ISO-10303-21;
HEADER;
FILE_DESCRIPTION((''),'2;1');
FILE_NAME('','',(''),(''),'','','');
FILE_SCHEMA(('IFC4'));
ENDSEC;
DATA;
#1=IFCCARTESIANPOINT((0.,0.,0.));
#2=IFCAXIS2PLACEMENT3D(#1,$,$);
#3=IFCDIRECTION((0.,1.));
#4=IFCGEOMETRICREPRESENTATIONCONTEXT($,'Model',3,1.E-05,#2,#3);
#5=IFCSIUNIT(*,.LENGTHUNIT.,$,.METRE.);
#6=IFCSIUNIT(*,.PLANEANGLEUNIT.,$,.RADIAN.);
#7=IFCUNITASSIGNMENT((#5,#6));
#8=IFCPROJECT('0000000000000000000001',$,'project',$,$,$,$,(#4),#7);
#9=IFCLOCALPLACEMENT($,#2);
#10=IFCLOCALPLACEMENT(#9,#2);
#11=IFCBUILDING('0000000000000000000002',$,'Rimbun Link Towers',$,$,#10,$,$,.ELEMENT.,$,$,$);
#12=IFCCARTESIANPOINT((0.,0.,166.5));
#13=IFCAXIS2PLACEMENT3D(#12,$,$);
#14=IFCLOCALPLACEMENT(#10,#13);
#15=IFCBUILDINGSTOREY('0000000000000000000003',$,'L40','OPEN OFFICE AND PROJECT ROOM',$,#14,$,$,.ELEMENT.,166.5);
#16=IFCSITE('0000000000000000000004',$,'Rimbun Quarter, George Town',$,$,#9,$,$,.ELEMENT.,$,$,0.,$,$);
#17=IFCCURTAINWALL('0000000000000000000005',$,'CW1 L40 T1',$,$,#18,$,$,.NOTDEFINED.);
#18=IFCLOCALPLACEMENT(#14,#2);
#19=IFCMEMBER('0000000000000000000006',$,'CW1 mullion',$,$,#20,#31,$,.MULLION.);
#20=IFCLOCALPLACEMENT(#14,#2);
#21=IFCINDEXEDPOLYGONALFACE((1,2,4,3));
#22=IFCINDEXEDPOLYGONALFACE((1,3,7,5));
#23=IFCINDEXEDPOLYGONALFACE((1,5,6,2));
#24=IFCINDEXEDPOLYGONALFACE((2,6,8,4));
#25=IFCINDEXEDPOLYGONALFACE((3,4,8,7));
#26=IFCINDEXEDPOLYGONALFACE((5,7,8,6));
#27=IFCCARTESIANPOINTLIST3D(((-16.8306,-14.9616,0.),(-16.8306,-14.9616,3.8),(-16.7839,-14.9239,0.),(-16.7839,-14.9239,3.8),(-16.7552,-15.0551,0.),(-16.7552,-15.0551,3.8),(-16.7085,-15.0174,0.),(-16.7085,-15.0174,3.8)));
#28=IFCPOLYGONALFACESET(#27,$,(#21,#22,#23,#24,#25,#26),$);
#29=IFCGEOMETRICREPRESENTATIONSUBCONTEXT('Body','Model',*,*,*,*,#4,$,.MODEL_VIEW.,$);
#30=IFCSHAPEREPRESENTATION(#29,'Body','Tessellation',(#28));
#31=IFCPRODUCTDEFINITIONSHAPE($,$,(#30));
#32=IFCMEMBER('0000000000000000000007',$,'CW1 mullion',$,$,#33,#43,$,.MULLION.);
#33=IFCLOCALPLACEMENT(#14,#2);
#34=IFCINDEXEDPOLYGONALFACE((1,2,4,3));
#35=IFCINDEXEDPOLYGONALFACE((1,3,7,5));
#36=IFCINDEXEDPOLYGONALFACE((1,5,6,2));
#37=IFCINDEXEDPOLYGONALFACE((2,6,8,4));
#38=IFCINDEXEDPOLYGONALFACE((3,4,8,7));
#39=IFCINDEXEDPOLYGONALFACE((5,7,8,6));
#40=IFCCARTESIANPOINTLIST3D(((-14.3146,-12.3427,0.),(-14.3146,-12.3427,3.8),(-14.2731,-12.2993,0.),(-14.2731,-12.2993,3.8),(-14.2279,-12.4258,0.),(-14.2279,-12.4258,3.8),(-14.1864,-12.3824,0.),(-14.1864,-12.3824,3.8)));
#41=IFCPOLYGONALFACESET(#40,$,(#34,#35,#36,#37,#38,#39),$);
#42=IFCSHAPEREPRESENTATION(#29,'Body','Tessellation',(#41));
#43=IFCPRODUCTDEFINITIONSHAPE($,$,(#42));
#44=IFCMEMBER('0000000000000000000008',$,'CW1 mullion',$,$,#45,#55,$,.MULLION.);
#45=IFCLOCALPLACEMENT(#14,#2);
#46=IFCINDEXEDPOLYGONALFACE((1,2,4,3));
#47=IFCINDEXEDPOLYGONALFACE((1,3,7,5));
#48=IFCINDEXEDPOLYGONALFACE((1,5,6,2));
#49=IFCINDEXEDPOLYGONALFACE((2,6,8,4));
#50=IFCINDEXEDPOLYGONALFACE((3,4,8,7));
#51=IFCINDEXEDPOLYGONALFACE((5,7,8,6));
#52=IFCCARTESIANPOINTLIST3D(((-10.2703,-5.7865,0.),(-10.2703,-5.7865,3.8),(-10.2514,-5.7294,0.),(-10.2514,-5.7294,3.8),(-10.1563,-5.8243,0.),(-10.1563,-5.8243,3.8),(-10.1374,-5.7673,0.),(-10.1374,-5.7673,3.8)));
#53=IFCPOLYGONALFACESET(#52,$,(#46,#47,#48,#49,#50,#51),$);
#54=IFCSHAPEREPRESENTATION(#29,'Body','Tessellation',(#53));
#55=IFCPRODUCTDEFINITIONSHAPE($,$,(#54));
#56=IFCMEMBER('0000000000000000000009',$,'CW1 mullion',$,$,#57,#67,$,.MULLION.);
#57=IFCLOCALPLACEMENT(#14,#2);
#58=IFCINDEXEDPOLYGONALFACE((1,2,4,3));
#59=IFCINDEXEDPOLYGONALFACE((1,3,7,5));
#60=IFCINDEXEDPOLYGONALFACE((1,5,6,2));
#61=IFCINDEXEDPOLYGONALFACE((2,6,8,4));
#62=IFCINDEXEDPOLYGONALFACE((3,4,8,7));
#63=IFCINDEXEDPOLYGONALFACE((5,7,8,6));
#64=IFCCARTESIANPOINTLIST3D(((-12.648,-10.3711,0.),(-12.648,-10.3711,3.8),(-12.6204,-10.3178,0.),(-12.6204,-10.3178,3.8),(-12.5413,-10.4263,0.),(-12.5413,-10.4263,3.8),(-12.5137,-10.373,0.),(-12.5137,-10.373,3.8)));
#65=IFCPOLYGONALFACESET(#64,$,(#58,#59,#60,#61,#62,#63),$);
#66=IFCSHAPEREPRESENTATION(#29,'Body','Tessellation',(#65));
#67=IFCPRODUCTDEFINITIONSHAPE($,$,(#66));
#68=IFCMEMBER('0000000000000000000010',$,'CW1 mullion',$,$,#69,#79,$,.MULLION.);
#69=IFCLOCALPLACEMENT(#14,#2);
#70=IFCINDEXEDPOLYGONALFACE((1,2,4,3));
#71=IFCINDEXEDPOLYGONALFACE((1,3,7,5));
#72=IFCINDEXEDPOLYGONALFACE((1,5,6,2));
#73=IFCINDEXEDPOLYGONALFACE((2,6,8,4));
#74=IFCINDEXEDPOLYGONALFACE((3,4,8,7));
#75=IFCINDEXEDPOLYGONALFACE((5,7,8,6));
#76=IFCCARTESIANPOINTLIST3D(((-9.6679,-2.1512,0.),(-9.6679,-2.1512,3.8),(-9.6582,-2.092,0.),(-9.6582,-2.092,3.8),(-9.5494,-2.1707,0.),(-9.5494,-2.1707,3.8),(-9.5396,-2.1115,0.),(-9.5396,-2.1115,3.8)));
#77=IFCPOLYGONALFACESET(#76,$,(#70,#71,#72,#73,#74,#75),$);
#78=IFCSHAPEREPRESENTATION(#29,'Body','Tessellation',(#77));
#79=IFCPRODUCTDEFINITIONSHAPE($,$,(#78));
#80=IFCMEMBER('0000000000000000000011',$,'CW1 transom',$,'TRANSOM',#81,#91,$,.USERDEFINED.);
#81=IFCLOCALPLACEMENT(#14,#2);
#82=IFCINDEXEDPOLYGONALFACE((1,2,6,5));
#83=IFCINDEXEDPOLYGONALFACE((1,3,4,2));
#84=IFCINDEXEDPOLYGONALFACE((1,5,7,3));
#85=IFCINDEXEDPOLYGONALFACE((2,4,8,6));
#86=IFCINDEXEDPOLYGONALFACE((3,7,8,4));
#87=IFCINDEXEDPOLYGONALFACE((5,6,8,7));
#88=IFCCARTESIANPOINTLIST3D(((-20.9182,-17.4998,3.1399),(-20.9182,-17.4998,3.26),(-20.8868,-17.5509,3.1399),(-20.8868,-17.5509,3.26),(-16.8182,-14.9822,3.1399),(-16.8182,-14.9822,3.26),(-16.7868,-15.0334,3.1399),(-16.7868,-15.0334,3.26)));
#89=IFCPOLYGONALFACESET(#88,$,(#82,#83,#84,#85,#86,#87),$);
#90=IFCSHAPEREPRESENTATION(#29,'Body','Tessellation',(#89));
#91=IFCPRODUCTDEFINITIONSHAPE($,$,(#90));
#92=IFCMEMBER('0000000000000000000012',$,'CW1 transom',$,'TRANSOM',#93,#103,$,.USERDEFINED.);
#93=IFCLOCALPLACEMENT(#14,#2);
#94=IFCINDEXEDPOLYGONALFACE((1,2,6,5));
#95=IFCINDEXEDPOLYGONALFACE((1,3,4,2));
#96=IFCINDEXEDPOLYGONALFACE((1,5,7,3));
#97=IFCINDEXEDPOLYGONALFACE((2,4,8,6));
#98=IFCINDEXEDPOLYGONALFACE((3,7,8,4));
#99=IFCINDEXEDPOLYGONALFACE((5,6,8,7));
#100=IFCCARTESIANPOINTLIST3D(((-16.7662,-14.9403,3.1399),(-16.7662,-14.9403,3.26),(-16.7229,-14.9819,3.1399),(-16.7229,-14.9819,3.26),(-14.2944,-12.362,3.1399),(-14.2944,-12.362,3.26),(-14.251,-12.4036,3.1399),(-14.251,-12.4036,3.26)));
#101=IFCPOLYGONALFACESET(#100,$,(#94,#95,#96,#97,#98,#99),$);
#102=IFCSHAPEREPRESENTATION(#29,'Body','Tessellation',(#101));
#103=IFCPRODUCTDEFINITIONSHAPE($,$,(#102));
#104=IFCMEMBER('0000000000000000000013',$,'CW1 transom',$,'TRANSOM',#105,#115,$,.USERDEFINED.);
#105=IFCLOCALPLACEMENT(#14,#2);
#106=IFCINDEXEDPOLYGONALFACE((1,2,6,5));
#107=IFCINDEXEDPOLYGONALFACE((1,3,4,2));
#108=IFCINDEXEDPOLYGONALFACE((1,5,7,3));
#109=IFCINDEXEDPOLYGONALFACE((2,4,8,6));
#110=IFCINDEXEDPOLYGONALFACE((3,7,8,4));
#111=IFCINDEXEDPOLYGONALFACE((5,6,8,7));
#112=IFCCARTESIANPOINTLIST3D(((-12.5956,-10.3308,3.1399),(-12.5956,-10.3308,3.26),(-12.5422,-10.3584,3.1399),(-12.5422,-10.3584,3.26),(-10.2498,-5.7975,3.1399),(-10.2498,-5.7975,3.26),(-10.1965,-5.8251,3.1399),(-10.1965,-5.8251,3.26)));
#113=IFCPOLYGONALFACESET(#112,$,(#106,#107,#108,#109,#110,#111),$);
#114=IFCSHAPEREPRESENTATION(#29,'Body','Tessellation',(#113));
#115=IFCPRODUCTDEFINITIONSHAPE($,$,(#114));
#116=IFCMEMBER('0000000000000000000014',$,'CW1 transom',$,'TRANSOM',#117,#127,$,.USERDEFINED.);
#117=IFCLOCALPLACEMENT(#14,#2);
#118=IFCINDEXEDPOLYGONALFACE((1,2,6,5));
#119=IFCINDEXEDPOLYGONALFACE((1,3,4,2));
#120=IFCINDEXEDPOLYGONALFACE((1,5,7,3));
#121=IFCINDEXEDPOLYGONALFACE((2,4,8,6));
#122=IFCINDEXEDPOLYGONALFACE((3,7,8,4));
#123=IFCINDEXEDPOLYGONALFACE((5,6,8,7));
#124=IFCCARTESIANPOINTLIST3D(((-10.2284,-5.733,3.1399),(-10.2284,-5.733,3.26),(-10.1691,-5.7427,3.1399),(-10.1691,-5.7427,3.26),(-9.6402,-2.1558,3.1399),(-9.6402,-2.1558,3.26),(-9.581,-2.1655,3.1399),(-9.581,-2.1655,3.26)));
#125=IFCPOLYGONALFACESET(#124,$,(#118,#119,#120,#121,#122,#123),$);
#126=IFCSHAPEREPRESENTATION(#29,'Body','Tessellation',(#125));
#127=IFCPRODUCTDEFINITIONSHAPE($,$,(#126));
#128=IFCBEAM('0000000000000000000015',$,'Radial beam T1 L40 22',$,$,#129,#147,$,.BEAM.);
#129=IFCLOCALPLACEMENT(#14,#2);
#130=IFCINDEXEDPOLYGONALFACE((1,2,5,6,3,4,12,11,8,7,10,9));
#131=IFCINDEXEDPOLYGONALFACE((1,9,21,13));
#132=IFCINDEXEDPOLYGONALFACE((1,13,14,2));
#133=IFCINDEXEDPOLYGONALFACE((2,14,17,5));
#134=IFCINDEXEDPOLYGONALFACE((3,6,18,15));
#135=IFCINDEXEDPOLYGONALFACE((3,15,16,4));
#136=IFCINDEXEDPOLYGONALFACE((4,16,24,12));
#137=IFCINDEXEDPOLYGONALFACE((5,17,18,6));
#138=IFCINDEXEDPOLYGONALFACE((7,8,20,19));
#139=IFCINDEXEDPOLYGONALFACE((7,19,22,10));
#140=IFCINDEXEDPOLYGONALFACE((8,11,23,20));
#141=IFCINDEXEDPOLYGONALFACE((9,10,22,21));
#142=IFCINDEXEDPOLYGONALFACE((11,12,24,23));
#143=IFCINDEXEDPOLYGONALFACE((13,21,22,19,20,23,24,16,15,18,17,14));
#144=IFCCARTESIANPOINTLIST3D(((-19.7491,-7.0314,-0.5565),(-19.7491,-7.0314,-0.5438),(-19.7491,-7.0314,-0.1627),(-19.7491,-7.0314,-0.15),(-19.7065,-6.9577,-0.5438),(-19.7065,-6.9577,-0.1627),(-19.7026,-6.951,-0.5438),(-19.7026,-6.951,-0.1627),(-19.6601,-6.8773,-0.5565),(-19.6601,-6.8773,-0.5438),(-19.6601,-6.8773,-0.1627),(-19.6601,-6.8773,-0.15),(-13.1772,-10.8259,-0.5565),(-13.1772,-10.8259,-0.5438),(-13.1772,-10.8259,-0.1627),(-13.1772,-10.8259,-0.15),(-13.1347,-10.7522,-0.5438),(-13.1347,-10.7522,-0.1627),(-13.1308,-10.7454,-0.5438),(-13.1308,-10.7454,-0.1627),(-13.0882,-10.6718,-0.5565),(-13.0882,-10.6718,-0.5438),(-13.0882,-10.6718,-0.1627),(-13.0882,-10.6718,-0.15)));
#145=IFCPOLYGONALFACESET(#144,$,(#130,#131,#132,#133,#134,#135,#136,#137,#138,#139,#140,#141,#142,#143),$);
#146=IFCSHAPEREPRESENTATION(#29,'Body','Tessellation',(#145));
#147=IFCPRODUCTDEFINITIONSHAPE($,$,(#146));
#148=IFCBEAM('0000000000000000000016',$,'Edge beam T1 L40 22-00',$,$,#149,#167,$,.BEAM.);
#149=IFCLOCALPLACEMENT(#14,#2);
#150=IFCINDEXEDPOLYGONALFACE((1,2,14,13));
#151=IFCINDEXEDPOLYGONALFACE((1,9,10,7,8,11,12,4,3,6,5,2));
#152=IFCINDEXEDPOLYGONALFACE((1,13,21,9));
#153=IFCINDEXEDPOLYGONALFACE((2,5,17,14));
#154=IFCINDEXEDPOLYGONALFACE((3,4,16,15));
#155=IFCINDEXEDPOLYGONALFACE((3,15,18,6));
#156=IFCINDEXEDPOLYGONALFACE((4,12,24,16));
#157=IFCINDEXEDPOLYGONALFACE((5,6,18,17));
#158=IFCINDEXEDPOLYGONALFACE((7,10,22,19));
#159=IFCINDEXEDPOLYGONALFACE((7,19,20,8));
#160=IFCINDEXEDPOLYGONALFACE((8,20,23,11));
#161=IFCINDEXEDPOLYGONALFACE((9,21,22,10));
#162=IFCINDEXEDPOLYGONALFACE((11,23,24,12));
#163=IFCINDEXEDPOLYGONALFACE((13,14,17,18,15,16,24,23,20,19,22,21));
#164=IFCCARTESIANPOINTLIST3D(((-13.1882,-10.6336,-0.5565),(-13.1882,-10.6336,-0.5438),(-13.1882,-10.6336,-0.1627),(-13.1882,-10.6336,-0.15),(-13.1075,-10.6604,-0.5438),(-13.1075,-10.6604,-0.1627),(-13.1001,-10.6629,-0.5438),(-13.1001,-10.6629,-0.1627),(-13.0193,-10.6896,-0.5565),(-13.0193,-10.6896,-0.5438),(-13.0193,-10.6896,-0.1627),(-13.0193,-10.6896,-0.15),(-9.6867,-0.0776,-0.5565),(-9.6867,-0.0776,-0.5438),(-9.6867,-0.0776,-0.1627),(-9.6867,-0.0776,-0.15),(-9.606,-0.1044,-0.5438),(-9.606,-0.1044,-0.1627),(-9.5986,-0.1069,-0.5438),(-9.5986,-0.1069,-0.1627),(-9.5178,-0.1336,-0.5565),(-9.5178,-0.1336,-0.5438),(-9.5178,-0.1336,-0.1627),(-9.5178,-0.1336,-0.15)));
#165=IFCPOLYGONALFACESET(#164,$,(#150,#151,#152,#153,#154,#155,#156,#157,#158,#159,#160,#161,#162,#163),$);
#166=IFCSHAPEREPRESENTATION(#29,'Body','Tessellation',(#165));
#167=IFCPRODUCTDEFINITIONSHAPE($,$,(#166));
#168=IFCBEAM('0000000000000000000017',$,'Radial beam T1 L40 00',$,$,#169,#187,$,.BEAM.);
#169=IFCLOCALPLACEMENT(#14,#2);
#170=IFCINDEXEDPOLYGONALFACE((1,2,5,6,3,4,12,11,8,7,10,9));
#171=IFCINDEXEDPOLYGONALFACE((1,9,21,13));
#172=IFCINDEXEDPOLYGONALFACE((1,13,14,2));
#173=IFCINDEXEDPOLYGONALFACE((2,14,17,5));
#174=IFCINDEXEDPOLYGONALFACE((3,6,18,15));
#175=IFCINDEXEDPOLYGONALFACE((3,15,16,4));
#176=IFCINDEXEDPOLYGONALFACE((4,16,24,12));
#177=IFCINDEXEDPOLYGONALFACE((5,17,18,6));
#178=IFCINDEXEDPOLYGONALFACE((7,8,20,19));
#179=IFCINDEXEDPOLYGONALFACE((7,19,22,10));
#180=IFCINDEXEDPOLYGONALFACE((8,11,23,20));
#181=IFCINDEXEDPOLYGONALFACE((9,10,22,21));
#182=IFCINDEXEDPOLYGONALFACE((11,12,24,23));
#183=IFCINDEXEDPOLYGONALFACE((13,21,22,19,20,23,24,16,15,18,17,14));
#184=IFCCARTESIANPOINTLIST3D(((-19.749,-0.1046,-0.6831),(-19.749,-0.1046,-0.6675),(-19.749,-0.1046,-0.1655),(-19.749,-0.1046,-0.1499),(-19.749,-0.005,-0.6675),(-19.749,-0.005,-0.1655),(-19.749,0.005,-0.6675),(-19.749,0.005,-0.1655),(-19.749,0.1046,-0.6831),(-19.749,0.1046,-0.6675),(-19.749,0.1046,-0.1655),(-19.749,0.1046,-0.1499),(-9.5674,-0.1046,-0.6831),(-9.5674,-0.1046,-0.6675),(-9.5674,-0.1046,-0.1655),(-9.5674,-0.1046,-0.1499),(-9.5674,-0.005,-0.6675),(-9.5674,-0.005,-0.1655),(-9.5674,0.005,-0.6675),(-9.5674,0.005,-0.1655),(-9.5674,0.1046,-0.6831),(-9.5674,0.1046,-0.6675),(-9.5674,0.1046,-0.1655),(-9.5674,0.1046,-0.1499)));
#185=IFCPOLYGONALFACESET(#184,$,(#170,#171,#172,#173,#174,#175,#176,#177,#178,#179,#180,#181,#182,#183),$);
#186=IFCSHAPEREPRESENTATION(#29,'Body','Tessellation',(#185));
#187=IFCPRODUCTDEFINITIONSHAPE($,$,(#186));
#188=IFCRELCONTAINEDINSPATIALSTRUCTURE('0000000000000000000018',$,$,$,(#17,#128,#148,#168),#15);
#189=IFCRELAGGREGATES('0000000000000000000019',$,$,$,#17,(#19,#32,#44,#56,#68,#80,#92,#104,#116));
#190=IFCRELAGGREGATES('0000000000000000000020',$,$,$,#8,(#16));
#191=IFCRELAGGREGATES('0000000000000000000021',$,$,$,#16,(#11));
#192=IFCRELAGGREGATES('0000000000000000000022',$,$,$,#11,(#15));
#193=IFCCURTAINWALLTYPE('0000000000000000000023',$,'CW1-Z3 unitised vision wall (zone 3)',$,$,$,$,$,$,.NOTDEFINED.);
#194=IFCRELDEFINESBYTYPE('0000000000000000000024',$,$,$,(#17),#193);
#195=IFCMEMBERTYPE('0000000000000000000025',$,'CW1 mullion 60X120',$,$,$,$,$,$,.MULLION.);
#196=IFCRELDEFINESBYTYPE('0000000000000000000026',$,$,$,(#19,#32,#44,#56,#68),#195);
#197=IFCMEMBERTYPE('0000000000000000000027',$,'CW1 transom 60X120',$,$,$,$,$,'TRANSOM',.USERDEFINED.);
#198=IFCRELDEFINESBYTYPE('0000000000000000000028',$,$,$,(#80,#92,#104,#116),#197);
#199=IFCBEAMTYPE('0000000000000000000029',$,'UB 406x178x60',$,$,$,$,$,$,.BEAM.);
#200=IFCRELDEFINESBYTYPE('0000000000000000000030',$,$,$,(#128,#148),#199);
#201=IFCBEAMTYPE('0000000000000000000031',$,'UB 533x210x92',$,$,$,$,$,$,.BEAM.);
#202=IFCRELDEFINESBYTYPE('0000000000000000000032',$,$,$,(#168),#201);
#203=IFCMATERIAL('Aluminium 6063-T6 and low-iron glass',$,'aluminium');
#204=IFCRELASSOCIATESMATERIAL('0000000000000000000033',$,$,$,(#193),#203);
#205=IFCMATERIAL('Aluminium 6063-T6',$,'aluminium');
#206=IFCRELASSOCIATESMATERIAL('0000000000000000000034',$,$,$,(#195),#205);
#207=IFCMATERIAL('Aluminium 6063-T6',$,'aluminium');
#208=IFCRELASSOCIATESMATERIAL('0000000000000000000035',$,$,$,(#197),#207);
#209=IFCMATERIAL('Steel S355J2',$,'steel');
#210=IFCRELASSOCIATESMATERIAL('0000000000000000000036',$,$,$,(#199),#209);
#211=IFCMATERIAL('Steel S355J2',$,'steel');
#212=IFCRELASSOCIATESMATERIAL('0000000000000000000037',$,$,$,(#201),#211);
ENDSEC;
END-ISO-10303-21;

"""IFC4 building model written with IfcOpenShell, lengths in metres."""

from ifc_helpers import new_model, si_unit, direction, frame, origin, origin_2d, place, context, subcontext, project, spatial, rectangle, i_section, extrude, material, material_profile, profile_set, type_object, element, aggregate, save


model = new_model("IFC4")

# Units and contexts
model_context = context("Model", 3, precision=1e-05, world=origin(), true_north=direction((0.0, 1.0)))
body_context = subcontext(model_context, "Body", "Model", "MODEL_VIEW")
ifc_project = project(units=[si_unit("LENGTHUNIT", "METRE"), si_unit("PLANEANGLEUNIT", "RADIAN")], contexts=[model_context])

# Site, building, storey
site_placement = place(None, origin())
site = spatial("IfcSite", under=ifc_project, at=site_placement, Name="Rimbun Quarter, George Town", CompositionType="ELEMENT", RefElevation=0.0)
building_placement = place(site_placement, origin())
building = spatial("IfcBuilding", under=site, at=building_placement, Name="Rimbun Link Towers", CompositionType="ELEMENT")
storey_placement = place(building_placement, frame((0.0, 0.0, 166.5)))
storey = spatial("IfcBuildingStorey", under=building, at=storey_placement, Name="L40", Description="OPEN OFFICE AND PROJECT ROOM", CompositionType="ELEMENT", Elevation=166.5)

# Curtain wall, members
ifc_material_1 = material(Name="Aluminium 6063-T6 and low-iron glass", Category="aluminium")
curtain_wall_type = type_object("IfcCurtainWallType", Name="CW1-Z3 unitised vision wall (zone 3)", PredefinedType="NOTDEFINED", material=ifc_material_1)
curtain_wall_placement = place(storey_placement, origin())
curtain_wall = element("IfcCurtainWall", 1, at=curtain_wall_placement, inside=storey, type_object=curtain_wall_type, Name="CW1 L40 T1", PredefinedType="NOTDEFINED")
ifc_material_2 = material(Name="Aluminium 6063-T6", Category="aluminium")
ifc_material_profile_1 = material_profile(ifc_material_2, rectangle(XDim=0.1201, YDim=0.0601, at=origin_2d()), Name="MULLION 60X120")
ifc_profile_set_1 = profile_set([ifc_material_profile_1], Name="Aluminium 6063-T6")
member_type_1 = type_object("IfcMemberType", Name="CW1 mullion 60X120", PredefinedType="MULLION", material=ifc_profile_set_1)
member_1_placement = place(storey_placement, frame((-16.7695, -14.9895, 0.0), z_axis=(0.0, 0.0, 1.0), x_axis=(0.627676, -0.778475, 0.0)))
member_1 = element("IfcMember", 2, at=member_1_placement, type_object=member_type_1, Name="CW1 mullion", PredefinedType="MULLION", context=body_context, shape_type="SweptSolid", body=[
    extrude(rectangle(XDim=0.1201, YDim=0.0601, at=origin_2d()), origin(), (0.0, 0.0, 1.0), 3.8),
])
member_2_placement = place(storey_placement, frame((-14.2505, -12.3625, 0.0), z_axis=(0.0, 0.0, 1.0), x_axis=(0.721847, -0.692052, 0.0)))
member_2 = element("IfcMember", 3, at=member_2_placement, type_object=member_type_1, Name="CW1 mullion", PredefinedType="MULLION", context=body_context, shape_type="SweptSolid", body=[
    extrude(rectangle(XDim=0.1201, YDim=0.0601, at=origin_2d()), origin(), (0.0, 0.0, 1.0), 3.8),
])
member_3_placement = place(storey_placement, frame((-10.2039, -5.7769, 0.0), z_axis=(0.0, 0.0, 1.0), x_axis=(0.94916, -0.314794, 0.0)))
member_3 = element("IfcMember", 4, at=member_3_placement, type_object=member_type_1, Name="CW1 mullion", PredefinedType="MULLION", context=body_context, shape_type="SweptSolid", body=[
    extrude(rectangle(XDim=0.1201, YDim=0.0601, at=origin_2d()), origin(), (0.0, 0.0, 1.0), 3.8),
])
member_4_placement = place(storey_placement, frame((-12.5808, -10.3721, 0.0), z_axis=(0.0, 0.0, 1.0), x_axis=(0.888144, -0.459565, 0.0)))
member_4 = element("IfcMember", 5, at=member_4_placement, type_object=member_type_1, Name="CW1 mullion", PredefinedType="MULLION", context=body_context, shape_type="SweptSolid", body=[
    extrude(rectangle(XDim=0.1201, YDim=0.0601, at=origin_2d()), origin(), (0.0, 0.0, 1.0), 3.8),
])
member_5_placement = place(storey_placement, frame((-9.6038, -2.1313, 0.0), z_axis=(0.0, 0.0, 1.0), x_axis=(0.986749, -0.162253, 0.0)))
member_5 = element("IfcMember", 6, at=member_5_placement, type_object=member_type_1, Name="CW1 mullion", PredefinedType="MULLION", context=body_context, shape_type="SweptSolid", body=[
    extrude(rectangle(XDim=0.1201, YDim=0.0601, at=origin_2d()), origin(), (0.0, 0.0, 1.0), 3.8),
])
ifc_material_3 = material(Name="Aluminium 6063-T6", Category="aluminium")
ifc_material_profile_2 = material_profile(ifc_material_3, rectangle(XDim=0.0601, YDim=0.1201, at=origin_2d()), Name="TRANSOM 60X120")
ifc_profile_set_2 = profile_set([ifc_material_profile_2], Name="Aluminium 6063-T6")
member_type_2 = type_object("IfcMemberType", Name="CW1 transom 60X120", ElementType="TRANSOM", PredefinedType="USERDEFINED", material=ifc_profile_set_2)
member_6_placement = place(storey_placement, frame((-16.8025, -15.0078, 3.2), z_axis=(-0.852174, -0.523259, 0.0), x_axis=(0.523259, -0.852174, 0.0)))
member_6 = element("IfcMember", 7, at=member_6_placement, type_object=member_type_2, Name="CW1 transom", ObjectType="TRANSOM", PredefinedType="USERDEFINED", context=body_context, shape_type="SweptSolid", body=[
    extrude(rectangle(XDim=0.0601, YDim=0.1201, at=origin_2d()), origin(), (0.0, 0.0, 1.0), 4.8113),
])
member_7_placement = place(storey_placement, frame((-14.2727, -12.3828, 3.2), z_axis=(-0.692049, -0.72185, 0.0), x_axis=(0.72185, -0.692049, 0.0)))
member_7 = element("IfcMember", 8, at=member_7_placement, type_object=member_type_2, Name="CW1 transom", ObjectType="TRANSOM", PredefinedType="USERDEFINED", context=body_context, shape_type="SweptSolid", body=[
    extrude(rectangle(XDim=0.0601, YDim=0.1201, at=origin_2d()), origin(), (0.0, 0.0, 1.0), 3.5718),
])
member_8_placement = place(storey_placement, frame((-10.2231, -5.8113, 3.2), z_axis=(-0.459569, -0.888142, 0.0), x_axis=(0.888142, -0.459569, 0.0)))
member_8 = element("IfcMember", 9, at=member_8_placement, type_object=member_type_2, Name="CW1 transom", ObjectType="TRANSOM", PredefinedType="USERDEFINED", context=body_context, shape_type="SweptSolid", body=[
    extrude(rectangle(XDim=0.0601, YDim=0.1201, at=origin_2d()), origin(), (0.0, 0.0, 1.0), 5.1042),
])
member_9_placement = place(storey_placement, frame((-9.6106, -2.1606, 3.2), z_axis=(-0.162236, -0.986752, 0.0), x_axis=(0.986752, -0.162236, 0.0)))
member_9 = element("IfcMember", 10, at=member_9_placement, type_object=member_type_2, Name="CW1 transom", ObjectType="TRANSOM", PredefinedType="USERDEFINED", context=body_context, shape_type="SweptSolid", body=[
    extrude(rectangle(XDim=0.0601, YDim=0.1201, at=origin_2d()), origin(), (0.0, 0.0, 1.0), 3.6252),
])

# Beams
ifc_material_4 = material(Name="Steel S355J2", Category="steel")
ifc_material_profile_3 = material_profile(ifc_material_4, i_section(OverallWidth=0.178, OverallDepth=0.4065, WebThickness=0.0078, FlangeThickness=0.0127, at=origin_2d()), Name="UB 406x178x60")
ifc_profile_set_3 = profile_set([ifc_material_profile_3], Name="Steel S355J2")
beam_type_1 = type_object("IfcBeamType", Name="UB 406x178x60", PredefinedType="BEAM", material=ifc_profile_set_3)
beam_1_placement = place(storey_placement, frame((-19.7046, -6.9543, -0.3533), z_axis=(0.866013, -0.500021, 0.0), x_axis=(0.500021, 0.866013, 0.0)))
element("IfcBeam", 11, at=beam_1_placement, inside=storey, type_object=beam_type_1, Name="Radial beam T1 L40 22", PredefinedType="BEAM", context=body_context, shape_type="SweptSolid", body=[
    extrude(i_section(OverallWidth=0.178, OverallDepth=0.4065, WebThickness=0.0078, FlangeThickness=0.0127, at=origin_2d()), origin(), (0.0, 0.0, 1.0), 7.5886),
])
beam_2_placement = place(storey_placement, frame((-13.1038, -10.6616, -0.3533), z_axis=(0.314838, 0.949145, 0.0), x_axis=(-0.949145, 0.314838, 0.0)))
element("IfcBeam", 12, at=beam_2_placement, inside=storey, type_object=beam_type_1, Name="Edge beam T1 L40 22-00", PredefinedType="BEAM", context=body_context, shape_type="SweptSolid", body=[
    extrude(i_section(OverallWidth=0.178, OverallDepth=0.4065, WebThickness=0.0078, FlangeThickness=0.0127, at=origin_2d()), origin(), (0.0, 0.0, 1.0), 11.1216),
])
ifc_material_5 = material(Name="Steel S355J2", Category="steel")
ifc_material_profile_4 = material_profile(ifc_material_5, i_section(OverallWidth=0.2092, OverallDepth=0.5332, WebThickness=0.01, FlangeThickness=0.0156, at=origin_2d()), Name="UB 533x210x92")
ifc_profile_set_4 = profile_set([ifc_material_profile_4], Name="Steel S355J2")
beam_type_2 = type_object("IfcBeamType", Name="UB 533x210x92", PredefinedType="BEAM", material=ifc_profile_set_4)
beam_3_placement = place(storey_placement, frame((-19.749, 0.0, -0.4165), z_axis=(1.0, 0.0, 0.0), x_axis=(0.0, 1.0, 0.0)))
element("IfcBeam", 13, at=beam_3_placement, inside=storey, type_object=beam_type_2, Name="Radial beam T1 L40 00", PredefinedType="BEAM", context=body_context, shape_type="SweptSolid", body=[
    extrude(i_section(OverallWidth=0.2092, OverallDepth=0.5332, WebThickness=0.01, FlangeThickness=0.0156, at=origin_2d()), origin(), (0.0, 0.0, 1.0), 10.1816),
])

aggregate(curtain_wall, [member_1, member_2, member_3, member_4, member_5, member_6, member_7, member_8, member_9])

save(model, "model.ifc")
